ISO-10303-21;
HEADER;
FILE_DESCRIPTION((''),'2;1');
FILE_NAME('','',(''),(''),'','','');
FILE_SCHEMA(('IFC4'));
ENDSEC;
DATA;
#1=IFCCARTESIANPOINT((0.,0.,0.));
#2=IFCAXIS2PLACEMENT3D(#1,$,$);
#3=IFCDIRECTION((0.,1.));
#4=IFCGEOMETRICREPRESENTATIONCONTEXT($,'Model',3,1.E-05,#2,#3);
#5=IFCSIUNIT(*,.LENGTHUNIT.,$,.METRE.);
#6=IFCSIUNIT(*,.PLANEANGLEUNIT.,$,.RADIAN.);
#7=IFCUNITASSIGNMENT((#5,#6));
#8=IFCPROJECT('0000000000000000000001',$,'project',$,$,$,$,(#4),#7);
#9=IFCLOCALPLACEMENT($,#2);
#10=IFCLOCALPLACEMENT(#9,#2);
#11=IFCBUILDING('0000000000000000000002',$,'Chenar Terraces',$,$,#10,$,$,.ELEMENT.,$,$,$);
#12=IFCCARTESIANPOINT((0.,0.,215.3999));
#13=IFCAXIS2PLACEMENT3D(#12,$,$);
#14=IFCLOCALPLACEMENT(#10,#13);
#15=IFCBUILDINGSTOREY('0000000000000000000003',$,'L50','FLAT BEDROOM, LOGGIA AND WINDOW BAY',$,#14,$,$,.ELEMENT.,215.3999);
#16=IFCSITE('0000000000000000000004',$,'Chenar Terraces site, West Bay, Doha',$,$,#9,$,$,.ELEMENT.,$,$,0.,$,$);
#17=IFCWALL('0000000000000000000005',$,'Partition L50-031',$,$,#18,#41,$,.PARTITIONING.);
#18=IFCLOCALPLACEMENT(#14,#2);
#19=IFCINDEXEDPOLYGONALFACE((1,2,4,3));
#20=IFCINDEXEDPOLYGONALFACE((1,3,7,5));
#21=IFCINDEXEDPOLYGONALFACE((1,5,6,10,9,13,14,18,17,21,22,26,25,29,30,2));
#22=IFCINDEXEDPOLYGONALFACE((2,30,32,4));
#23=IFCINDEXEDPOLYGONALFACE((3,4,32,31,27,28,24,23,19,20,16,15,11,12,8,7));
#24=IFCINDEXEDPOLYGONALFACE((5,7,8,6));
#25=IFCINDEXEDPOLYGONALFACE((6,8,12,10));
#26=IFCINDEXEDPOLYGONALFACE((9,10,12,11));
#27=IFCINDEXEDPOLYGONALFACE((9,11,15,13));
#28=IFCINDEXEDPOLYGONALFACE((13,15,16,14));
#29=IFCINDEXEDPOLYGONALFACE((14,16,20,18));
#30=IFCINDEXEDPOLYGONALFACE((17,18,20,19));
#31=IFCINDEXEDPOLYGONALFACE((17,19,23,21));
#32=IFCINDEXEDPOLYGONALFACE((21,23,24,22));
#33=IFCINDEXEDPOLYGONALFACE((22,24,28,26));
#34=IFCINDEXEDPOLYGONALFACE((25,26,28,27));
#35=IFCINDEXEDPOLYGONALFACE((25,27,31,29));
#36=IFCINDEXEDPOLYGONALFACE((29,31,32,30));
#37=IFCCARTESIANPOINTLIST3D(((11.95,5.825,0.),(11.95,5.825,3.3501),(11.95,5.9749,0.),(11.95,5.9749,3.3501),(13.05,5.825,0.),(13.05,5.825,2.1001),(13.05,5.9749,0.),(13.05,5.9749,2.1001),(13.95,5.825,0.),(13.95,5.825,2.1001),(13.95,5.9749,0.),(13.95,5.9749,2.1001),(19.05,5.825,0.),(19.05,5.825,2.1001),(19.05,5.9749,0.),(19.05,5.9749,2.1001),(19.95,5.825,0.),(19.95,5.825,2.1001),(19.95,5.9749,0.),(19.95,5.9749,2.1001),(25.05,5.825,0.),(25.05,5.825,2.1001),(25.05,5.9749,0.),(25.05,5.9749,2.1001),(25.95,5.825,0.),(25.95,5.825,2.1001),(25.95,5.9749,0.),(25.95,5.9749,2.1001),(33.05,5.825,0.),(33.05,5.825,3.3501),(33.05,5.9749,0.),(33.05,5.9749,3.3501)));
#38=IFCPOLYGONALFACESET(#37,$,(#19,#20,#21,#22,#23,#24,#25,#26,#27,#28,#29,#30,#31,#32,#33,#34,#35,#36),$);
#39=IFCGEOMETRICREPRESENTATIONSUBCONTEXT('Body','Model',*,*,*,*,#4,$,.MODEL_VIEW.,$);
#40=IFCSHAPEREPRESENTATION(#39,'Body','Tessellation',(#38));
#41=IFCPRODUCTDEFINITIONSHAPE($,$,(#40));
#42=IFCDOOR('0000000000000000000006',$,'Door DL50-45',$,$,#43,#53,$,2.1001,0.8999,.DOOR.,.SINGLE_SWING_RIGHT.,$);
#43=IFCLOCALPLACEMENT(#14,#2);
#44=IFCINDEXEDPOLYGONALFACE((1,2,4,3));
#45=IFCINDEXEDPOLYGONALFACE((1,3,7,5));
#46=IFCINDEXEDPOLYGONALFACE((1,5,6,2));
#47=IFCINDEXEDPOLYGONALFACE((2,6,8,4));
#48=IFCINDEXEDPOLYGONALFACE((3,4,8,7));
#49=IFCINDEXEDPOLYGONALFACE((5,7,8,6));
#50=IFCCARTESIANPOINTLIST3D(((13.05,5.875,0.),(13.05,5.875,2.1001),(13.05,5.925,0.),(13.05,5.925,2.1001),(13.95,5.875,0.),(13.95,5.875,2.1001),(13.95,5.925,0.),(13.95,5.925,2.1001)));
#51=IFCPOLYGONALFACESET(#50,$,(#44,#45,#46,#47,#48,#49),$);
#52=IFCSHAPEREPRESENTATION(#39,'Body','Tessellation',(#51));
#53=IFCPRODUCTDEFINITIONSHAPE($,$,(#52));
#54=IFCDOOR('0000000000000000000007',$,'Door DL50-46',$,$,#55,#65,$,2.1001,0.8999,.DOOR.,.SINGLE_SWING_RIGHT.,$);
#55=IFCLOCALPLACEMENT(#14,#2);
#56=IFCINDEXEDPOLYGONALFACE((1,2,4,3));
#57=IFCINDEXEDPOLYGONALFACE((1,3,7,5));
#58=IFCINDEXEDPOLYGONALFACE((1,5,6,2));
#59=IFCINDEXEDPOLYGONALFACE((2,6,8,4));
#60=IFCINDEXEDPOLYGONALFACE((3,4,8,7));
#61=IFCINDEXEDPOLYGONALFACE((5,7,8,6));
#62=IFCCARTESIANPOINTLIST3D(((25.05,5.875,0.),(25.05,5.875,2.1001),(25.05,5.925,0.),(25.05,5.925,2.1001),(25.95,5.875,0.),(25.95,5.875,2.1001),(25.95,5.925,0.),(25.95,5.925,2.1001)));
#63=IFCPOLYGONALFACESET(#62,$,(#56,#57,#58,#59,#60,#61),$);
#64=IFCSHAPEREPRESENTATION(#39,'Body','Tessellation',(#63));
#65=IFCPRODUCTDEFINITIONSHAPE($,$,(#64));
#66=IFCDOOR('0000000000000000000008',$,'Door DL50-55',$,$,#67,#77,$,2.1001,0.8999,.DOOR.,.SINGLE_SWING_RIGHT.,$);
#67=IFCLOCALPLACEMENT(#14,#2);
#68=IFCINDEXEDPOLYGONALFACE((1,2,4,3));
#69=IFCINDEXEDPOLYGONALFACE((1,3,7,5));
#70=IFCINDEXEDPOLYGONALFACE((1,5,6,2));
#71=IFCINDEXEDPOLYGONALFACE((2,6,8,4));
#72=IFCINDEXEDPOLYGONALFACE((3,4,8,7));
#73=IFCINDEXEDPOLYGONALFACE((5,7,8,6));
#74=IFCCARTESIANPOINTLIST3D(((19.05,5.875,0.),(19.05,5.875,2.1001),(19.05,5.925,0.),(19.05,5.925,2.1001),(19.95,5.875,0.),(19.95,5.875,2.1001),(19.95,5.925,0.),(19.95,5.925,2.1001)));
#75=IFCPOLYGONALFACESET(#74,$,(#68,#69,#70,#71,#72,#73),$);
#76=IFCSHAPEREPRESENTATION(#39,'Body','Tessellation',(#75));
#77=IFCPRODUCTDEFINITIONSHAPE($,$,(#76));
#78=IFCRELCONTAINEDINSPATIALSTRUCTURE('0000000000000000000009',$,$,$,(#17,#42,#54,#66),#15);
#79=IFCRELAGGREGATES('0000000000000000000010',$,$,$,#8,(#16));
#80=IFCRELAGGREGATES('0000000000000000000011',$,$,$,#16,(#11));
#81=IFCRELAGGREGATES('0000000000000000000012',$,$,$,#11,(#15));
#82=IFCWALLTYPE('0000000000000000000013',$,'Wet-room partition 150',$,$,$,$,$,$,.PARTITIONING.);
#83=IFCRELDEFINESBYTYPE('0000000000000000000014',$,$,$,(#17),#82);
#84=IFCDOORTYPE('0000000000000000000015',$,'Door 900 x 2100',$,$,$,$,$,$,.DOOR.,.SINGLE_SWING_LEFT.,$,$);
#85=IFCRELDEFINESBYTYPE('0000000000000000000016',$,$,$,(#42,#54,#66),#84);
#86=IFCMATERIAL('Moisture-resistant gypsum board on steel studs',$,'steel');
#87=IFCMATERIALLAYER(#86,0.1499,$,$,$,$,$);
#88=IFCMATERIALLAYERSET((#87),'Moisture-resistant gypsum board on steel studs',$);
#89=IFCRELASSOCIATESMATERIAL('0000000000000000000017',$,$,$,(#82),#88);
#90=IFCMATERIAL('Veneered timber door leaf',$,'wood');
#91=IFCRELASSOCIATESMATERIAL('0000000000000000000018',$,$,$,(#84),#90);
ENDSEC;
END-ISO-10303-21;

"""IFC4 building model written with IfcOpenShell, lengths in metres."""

from ifc_helpers import new_model, si_unit, direction, frame, frame_2d, origin, place, context, subcontext, project, spatial, rectangle, extrude, material, layer, layer_set, type_object, element, fill, save


model = new_model("IFC4")

# Units and contexts
model_context = context("Model", 3, precision=1e-05, world=origin(), true_north=direction((0.0, 1.0)))
body_context = subcontext(model_context, "Body", "Model", "MODEL_VIEW")
ifc_project = project(units=[si_unit("LENGTHUNIT", "METRE"), si_unit("PLANEANGLEUNIT", "RADIAN")], contexts=[model_context])

# Site, building, storey
site_placement = place(None, origin())
site = spatial("IfcSite", under=ifc_project, at=site_placement, Name="Chenar Terraces site, West Bay, Doha", CompositionType="ELEMENT", RefElevation=0.0)
building_placement = place(site_placement, origin())
building = spatial("IfcBuilding", under=site, at=building_placement, Name="Chenar Terraces", CompositionType="ELEMENT")
storey_placement = place(building_placement, frame((0.0, 0.0, 215.3999)))
storey = spatial("IfcBuildingStorey", under=building, at=storey_placement, Name="L50", Description="FLAT BEDROOM, LOGGIA AND WINDOW BAY", CompositionType="ELEMENT", Elevation=215.3999)

# Wall, openings, doors
ifc_material_1 = material(Name="Moisture-resistant gypsum board on steel studs", Category="steel")
ifc_layer_1 = layer(ifc_material_1, 0.1499)
ifc_layer_set_1 = layer_set([ifc_layer_1], Name="Moisture-resistant gypsum board on steel studs")
wall_type_1 = type_object("IfcWallType", Name="Wet-room partition 150", PredefinedType="PARTITIONING", material=ifc_layer_set_1)
wall_1_placement = place(storey_placement, frame((11.95, 5.8999, 0.0), z_axis=(0.0, 0.0, 1.0), x_axis=(1.0, 0.0, 0.0)))
wall_1 = element("IfcWall", 1, at=wall_1_placement, inside=storey, type_object=wall_type_1, Name="Partition L50-031", PredefinedType="PARTITIONING", context=body_context, shape_type="SweptSolid", body=[
    extrude(rectangle(XDim=21.1001, YDim=0.1499, at=frame_2d((10.55, 0.0))), origin(), (0.0, 0.0, 1.0), 3.3501),
])
opening_1_placement = place(wall_1_placement, frame((1.1001, 0.0, 0.0)))
opening_1 = element("IfcOpeningElement", 2, at=opening_1_placement, cuts=wall_1, PredefinedType="OPENING", context=body_context, shape_type="SweptSolid", body=[
    extrude(rectangle(XDim=0.8999, YDim=2.1001, at=frame_2d((0.45, 1.05))), frame((0.0, 0.085, 0.0), z_axis=(0.0, -1.0, 0.0), x_axis=(1.0, 0.0, 0.0)), (0.0, 0.0, 1.0), 0.1699),
])
opening_2_placement = place(wall_1_placement, frame((13.1001, 0.0, 0.0)))
opening_2 = element("IfcOpeningElement", 3, at=opening_2_placement, cuts=wall_1, PredefinedType="OPENING", context=body_context, shape_type="SweptSolid", body=[
    extrude(rectangle(XDim=0.8999, YDim=2.1001, at=frame_2d((0.45, 1.05))), frame((0.0, 0.085, 0.0), z_axis=(0.0, -1.0, 0.0), x_axis=(1.0, 0.0, 0.0)), (0.0, 0.0, 1.0), 0.1699),
])
opening_3_placement = place(wall_1_placement, frame((7.1001, 0.0, 0.0)))
opening_3 = element("IfcOpeningElement", 4, at=opening_3_placement, cuts=wall_1, PredefinedType="OPENING", context=body_context, shape_type="SweptSolid", body=[
    extrude(rectangle(XDim=0.8999, YDim=2.1001, at=frame_2d((0.45, 1.05))), frame((0.0, 0.085, 0.0), z_axis=(0.0, -1.0, 0.0), x_axis=(1.0, 0.0, 0.0)), (0.0, 0.0, 1.0), 0.1699),
])
ifc_material_2 = material(Name="Veneered timber door leaf", Category="wood")
door_type_1 = type_object("IfcDoorType", Name="Door 900 x 2100", OperationType="SINGLE_SWING_LEFT", PredefinedType="DOOR", material=ifc_material_2)
door_1_placement = place(opening_1_placement, frame((0.8999, 0.0, 0.0), z_axis=(0.0, 0.0, 1.0), x_axis=(-1.0, 0.0, 0.0)))
door_1 = element("IfcDoor", 5, at=door_1_placement, inside=storey, type_object=door_type_1, Name="Door DL50-45", OperationType="SINGLE_SWING_RIGHT", OverallHeight=2.1001, OverallWidth=0.8999, PredefinedType="DOOR", context=body_context, shape_type="SweptSolid", body=[
    extrude(rectangle(XDim=0.8999, YDim=2.1001, at=frame_2d((0.45, 1.05))), frame((0.0, 0.0249, 0.0), z_axis=(0.0, -1.0, 0.0), x_axis=(1.0, 0.0, 0.0)), (0.0, 0.0, 1.0), 0.05),
])
fill(opening_1, door_1)
door_2_placement = place(opening_2_placement, frame((0.8999, 0.0, 0.0), z_axis=(0.0, 0.0, 1.0), x_axis=(-1.0, 0.0, 0.0)))
door_2 = element("IfcDoor", 6, at=door_2_placement, inside=storey, type_object=door_type_1, Name="Door DL50-46", OperationType="SINGLE_SWING_RIGHT", OverallHeight=2.1001, OverallWidth=0.8999, PredefinedType="DOOR", context=body_context, shape_type="SweptSolid", body=[
    extrude(rectangle(XDim=0.8999, YDim=2.1001, at=frame_2d((0.45, 1.05))), frame((0.0, 0.0249, 0.0), z_axis=(0.0, -1.0, 0.0), x_axis=(1.0, 0.0, 0.0)), (0.0, 0.0, 1.0), 0.05),
])
fill(opening_2, door_2)
door_3_placement = place(opening_3_placement, frame((0.8999, 0.0, 0.0), z_axis=(0.0, 0.0, 1.0), x_axis=(-1.0, 0.0, 0.0)))
door_3 = element("IfcDoor", 7, at=door_3_placement, inside=storey, type_object=door_type_1, Name="Door DL50-55", OperationType="SINGLE_SWING_RIGHT", OverallHeight=2.1001, OverallWidth=0.8999, PredefinedType="DOOR", context=body_context, shape_type="SweptSolid", body=[
    extrude(rectangle(XDim=0.8999, YDim=2.1001, at=frame_2d((0.45, 1.05))), frame((0.0, 0.0249, 0.0), z_axis=(0.0, -1.0, 0.0), x_axis=(1.0, 0.0, 0.0)), (0.0, 0.0, 1.0), 0.05),
])
fill(opening_3, door_3)

save(model, "model.ifc")
